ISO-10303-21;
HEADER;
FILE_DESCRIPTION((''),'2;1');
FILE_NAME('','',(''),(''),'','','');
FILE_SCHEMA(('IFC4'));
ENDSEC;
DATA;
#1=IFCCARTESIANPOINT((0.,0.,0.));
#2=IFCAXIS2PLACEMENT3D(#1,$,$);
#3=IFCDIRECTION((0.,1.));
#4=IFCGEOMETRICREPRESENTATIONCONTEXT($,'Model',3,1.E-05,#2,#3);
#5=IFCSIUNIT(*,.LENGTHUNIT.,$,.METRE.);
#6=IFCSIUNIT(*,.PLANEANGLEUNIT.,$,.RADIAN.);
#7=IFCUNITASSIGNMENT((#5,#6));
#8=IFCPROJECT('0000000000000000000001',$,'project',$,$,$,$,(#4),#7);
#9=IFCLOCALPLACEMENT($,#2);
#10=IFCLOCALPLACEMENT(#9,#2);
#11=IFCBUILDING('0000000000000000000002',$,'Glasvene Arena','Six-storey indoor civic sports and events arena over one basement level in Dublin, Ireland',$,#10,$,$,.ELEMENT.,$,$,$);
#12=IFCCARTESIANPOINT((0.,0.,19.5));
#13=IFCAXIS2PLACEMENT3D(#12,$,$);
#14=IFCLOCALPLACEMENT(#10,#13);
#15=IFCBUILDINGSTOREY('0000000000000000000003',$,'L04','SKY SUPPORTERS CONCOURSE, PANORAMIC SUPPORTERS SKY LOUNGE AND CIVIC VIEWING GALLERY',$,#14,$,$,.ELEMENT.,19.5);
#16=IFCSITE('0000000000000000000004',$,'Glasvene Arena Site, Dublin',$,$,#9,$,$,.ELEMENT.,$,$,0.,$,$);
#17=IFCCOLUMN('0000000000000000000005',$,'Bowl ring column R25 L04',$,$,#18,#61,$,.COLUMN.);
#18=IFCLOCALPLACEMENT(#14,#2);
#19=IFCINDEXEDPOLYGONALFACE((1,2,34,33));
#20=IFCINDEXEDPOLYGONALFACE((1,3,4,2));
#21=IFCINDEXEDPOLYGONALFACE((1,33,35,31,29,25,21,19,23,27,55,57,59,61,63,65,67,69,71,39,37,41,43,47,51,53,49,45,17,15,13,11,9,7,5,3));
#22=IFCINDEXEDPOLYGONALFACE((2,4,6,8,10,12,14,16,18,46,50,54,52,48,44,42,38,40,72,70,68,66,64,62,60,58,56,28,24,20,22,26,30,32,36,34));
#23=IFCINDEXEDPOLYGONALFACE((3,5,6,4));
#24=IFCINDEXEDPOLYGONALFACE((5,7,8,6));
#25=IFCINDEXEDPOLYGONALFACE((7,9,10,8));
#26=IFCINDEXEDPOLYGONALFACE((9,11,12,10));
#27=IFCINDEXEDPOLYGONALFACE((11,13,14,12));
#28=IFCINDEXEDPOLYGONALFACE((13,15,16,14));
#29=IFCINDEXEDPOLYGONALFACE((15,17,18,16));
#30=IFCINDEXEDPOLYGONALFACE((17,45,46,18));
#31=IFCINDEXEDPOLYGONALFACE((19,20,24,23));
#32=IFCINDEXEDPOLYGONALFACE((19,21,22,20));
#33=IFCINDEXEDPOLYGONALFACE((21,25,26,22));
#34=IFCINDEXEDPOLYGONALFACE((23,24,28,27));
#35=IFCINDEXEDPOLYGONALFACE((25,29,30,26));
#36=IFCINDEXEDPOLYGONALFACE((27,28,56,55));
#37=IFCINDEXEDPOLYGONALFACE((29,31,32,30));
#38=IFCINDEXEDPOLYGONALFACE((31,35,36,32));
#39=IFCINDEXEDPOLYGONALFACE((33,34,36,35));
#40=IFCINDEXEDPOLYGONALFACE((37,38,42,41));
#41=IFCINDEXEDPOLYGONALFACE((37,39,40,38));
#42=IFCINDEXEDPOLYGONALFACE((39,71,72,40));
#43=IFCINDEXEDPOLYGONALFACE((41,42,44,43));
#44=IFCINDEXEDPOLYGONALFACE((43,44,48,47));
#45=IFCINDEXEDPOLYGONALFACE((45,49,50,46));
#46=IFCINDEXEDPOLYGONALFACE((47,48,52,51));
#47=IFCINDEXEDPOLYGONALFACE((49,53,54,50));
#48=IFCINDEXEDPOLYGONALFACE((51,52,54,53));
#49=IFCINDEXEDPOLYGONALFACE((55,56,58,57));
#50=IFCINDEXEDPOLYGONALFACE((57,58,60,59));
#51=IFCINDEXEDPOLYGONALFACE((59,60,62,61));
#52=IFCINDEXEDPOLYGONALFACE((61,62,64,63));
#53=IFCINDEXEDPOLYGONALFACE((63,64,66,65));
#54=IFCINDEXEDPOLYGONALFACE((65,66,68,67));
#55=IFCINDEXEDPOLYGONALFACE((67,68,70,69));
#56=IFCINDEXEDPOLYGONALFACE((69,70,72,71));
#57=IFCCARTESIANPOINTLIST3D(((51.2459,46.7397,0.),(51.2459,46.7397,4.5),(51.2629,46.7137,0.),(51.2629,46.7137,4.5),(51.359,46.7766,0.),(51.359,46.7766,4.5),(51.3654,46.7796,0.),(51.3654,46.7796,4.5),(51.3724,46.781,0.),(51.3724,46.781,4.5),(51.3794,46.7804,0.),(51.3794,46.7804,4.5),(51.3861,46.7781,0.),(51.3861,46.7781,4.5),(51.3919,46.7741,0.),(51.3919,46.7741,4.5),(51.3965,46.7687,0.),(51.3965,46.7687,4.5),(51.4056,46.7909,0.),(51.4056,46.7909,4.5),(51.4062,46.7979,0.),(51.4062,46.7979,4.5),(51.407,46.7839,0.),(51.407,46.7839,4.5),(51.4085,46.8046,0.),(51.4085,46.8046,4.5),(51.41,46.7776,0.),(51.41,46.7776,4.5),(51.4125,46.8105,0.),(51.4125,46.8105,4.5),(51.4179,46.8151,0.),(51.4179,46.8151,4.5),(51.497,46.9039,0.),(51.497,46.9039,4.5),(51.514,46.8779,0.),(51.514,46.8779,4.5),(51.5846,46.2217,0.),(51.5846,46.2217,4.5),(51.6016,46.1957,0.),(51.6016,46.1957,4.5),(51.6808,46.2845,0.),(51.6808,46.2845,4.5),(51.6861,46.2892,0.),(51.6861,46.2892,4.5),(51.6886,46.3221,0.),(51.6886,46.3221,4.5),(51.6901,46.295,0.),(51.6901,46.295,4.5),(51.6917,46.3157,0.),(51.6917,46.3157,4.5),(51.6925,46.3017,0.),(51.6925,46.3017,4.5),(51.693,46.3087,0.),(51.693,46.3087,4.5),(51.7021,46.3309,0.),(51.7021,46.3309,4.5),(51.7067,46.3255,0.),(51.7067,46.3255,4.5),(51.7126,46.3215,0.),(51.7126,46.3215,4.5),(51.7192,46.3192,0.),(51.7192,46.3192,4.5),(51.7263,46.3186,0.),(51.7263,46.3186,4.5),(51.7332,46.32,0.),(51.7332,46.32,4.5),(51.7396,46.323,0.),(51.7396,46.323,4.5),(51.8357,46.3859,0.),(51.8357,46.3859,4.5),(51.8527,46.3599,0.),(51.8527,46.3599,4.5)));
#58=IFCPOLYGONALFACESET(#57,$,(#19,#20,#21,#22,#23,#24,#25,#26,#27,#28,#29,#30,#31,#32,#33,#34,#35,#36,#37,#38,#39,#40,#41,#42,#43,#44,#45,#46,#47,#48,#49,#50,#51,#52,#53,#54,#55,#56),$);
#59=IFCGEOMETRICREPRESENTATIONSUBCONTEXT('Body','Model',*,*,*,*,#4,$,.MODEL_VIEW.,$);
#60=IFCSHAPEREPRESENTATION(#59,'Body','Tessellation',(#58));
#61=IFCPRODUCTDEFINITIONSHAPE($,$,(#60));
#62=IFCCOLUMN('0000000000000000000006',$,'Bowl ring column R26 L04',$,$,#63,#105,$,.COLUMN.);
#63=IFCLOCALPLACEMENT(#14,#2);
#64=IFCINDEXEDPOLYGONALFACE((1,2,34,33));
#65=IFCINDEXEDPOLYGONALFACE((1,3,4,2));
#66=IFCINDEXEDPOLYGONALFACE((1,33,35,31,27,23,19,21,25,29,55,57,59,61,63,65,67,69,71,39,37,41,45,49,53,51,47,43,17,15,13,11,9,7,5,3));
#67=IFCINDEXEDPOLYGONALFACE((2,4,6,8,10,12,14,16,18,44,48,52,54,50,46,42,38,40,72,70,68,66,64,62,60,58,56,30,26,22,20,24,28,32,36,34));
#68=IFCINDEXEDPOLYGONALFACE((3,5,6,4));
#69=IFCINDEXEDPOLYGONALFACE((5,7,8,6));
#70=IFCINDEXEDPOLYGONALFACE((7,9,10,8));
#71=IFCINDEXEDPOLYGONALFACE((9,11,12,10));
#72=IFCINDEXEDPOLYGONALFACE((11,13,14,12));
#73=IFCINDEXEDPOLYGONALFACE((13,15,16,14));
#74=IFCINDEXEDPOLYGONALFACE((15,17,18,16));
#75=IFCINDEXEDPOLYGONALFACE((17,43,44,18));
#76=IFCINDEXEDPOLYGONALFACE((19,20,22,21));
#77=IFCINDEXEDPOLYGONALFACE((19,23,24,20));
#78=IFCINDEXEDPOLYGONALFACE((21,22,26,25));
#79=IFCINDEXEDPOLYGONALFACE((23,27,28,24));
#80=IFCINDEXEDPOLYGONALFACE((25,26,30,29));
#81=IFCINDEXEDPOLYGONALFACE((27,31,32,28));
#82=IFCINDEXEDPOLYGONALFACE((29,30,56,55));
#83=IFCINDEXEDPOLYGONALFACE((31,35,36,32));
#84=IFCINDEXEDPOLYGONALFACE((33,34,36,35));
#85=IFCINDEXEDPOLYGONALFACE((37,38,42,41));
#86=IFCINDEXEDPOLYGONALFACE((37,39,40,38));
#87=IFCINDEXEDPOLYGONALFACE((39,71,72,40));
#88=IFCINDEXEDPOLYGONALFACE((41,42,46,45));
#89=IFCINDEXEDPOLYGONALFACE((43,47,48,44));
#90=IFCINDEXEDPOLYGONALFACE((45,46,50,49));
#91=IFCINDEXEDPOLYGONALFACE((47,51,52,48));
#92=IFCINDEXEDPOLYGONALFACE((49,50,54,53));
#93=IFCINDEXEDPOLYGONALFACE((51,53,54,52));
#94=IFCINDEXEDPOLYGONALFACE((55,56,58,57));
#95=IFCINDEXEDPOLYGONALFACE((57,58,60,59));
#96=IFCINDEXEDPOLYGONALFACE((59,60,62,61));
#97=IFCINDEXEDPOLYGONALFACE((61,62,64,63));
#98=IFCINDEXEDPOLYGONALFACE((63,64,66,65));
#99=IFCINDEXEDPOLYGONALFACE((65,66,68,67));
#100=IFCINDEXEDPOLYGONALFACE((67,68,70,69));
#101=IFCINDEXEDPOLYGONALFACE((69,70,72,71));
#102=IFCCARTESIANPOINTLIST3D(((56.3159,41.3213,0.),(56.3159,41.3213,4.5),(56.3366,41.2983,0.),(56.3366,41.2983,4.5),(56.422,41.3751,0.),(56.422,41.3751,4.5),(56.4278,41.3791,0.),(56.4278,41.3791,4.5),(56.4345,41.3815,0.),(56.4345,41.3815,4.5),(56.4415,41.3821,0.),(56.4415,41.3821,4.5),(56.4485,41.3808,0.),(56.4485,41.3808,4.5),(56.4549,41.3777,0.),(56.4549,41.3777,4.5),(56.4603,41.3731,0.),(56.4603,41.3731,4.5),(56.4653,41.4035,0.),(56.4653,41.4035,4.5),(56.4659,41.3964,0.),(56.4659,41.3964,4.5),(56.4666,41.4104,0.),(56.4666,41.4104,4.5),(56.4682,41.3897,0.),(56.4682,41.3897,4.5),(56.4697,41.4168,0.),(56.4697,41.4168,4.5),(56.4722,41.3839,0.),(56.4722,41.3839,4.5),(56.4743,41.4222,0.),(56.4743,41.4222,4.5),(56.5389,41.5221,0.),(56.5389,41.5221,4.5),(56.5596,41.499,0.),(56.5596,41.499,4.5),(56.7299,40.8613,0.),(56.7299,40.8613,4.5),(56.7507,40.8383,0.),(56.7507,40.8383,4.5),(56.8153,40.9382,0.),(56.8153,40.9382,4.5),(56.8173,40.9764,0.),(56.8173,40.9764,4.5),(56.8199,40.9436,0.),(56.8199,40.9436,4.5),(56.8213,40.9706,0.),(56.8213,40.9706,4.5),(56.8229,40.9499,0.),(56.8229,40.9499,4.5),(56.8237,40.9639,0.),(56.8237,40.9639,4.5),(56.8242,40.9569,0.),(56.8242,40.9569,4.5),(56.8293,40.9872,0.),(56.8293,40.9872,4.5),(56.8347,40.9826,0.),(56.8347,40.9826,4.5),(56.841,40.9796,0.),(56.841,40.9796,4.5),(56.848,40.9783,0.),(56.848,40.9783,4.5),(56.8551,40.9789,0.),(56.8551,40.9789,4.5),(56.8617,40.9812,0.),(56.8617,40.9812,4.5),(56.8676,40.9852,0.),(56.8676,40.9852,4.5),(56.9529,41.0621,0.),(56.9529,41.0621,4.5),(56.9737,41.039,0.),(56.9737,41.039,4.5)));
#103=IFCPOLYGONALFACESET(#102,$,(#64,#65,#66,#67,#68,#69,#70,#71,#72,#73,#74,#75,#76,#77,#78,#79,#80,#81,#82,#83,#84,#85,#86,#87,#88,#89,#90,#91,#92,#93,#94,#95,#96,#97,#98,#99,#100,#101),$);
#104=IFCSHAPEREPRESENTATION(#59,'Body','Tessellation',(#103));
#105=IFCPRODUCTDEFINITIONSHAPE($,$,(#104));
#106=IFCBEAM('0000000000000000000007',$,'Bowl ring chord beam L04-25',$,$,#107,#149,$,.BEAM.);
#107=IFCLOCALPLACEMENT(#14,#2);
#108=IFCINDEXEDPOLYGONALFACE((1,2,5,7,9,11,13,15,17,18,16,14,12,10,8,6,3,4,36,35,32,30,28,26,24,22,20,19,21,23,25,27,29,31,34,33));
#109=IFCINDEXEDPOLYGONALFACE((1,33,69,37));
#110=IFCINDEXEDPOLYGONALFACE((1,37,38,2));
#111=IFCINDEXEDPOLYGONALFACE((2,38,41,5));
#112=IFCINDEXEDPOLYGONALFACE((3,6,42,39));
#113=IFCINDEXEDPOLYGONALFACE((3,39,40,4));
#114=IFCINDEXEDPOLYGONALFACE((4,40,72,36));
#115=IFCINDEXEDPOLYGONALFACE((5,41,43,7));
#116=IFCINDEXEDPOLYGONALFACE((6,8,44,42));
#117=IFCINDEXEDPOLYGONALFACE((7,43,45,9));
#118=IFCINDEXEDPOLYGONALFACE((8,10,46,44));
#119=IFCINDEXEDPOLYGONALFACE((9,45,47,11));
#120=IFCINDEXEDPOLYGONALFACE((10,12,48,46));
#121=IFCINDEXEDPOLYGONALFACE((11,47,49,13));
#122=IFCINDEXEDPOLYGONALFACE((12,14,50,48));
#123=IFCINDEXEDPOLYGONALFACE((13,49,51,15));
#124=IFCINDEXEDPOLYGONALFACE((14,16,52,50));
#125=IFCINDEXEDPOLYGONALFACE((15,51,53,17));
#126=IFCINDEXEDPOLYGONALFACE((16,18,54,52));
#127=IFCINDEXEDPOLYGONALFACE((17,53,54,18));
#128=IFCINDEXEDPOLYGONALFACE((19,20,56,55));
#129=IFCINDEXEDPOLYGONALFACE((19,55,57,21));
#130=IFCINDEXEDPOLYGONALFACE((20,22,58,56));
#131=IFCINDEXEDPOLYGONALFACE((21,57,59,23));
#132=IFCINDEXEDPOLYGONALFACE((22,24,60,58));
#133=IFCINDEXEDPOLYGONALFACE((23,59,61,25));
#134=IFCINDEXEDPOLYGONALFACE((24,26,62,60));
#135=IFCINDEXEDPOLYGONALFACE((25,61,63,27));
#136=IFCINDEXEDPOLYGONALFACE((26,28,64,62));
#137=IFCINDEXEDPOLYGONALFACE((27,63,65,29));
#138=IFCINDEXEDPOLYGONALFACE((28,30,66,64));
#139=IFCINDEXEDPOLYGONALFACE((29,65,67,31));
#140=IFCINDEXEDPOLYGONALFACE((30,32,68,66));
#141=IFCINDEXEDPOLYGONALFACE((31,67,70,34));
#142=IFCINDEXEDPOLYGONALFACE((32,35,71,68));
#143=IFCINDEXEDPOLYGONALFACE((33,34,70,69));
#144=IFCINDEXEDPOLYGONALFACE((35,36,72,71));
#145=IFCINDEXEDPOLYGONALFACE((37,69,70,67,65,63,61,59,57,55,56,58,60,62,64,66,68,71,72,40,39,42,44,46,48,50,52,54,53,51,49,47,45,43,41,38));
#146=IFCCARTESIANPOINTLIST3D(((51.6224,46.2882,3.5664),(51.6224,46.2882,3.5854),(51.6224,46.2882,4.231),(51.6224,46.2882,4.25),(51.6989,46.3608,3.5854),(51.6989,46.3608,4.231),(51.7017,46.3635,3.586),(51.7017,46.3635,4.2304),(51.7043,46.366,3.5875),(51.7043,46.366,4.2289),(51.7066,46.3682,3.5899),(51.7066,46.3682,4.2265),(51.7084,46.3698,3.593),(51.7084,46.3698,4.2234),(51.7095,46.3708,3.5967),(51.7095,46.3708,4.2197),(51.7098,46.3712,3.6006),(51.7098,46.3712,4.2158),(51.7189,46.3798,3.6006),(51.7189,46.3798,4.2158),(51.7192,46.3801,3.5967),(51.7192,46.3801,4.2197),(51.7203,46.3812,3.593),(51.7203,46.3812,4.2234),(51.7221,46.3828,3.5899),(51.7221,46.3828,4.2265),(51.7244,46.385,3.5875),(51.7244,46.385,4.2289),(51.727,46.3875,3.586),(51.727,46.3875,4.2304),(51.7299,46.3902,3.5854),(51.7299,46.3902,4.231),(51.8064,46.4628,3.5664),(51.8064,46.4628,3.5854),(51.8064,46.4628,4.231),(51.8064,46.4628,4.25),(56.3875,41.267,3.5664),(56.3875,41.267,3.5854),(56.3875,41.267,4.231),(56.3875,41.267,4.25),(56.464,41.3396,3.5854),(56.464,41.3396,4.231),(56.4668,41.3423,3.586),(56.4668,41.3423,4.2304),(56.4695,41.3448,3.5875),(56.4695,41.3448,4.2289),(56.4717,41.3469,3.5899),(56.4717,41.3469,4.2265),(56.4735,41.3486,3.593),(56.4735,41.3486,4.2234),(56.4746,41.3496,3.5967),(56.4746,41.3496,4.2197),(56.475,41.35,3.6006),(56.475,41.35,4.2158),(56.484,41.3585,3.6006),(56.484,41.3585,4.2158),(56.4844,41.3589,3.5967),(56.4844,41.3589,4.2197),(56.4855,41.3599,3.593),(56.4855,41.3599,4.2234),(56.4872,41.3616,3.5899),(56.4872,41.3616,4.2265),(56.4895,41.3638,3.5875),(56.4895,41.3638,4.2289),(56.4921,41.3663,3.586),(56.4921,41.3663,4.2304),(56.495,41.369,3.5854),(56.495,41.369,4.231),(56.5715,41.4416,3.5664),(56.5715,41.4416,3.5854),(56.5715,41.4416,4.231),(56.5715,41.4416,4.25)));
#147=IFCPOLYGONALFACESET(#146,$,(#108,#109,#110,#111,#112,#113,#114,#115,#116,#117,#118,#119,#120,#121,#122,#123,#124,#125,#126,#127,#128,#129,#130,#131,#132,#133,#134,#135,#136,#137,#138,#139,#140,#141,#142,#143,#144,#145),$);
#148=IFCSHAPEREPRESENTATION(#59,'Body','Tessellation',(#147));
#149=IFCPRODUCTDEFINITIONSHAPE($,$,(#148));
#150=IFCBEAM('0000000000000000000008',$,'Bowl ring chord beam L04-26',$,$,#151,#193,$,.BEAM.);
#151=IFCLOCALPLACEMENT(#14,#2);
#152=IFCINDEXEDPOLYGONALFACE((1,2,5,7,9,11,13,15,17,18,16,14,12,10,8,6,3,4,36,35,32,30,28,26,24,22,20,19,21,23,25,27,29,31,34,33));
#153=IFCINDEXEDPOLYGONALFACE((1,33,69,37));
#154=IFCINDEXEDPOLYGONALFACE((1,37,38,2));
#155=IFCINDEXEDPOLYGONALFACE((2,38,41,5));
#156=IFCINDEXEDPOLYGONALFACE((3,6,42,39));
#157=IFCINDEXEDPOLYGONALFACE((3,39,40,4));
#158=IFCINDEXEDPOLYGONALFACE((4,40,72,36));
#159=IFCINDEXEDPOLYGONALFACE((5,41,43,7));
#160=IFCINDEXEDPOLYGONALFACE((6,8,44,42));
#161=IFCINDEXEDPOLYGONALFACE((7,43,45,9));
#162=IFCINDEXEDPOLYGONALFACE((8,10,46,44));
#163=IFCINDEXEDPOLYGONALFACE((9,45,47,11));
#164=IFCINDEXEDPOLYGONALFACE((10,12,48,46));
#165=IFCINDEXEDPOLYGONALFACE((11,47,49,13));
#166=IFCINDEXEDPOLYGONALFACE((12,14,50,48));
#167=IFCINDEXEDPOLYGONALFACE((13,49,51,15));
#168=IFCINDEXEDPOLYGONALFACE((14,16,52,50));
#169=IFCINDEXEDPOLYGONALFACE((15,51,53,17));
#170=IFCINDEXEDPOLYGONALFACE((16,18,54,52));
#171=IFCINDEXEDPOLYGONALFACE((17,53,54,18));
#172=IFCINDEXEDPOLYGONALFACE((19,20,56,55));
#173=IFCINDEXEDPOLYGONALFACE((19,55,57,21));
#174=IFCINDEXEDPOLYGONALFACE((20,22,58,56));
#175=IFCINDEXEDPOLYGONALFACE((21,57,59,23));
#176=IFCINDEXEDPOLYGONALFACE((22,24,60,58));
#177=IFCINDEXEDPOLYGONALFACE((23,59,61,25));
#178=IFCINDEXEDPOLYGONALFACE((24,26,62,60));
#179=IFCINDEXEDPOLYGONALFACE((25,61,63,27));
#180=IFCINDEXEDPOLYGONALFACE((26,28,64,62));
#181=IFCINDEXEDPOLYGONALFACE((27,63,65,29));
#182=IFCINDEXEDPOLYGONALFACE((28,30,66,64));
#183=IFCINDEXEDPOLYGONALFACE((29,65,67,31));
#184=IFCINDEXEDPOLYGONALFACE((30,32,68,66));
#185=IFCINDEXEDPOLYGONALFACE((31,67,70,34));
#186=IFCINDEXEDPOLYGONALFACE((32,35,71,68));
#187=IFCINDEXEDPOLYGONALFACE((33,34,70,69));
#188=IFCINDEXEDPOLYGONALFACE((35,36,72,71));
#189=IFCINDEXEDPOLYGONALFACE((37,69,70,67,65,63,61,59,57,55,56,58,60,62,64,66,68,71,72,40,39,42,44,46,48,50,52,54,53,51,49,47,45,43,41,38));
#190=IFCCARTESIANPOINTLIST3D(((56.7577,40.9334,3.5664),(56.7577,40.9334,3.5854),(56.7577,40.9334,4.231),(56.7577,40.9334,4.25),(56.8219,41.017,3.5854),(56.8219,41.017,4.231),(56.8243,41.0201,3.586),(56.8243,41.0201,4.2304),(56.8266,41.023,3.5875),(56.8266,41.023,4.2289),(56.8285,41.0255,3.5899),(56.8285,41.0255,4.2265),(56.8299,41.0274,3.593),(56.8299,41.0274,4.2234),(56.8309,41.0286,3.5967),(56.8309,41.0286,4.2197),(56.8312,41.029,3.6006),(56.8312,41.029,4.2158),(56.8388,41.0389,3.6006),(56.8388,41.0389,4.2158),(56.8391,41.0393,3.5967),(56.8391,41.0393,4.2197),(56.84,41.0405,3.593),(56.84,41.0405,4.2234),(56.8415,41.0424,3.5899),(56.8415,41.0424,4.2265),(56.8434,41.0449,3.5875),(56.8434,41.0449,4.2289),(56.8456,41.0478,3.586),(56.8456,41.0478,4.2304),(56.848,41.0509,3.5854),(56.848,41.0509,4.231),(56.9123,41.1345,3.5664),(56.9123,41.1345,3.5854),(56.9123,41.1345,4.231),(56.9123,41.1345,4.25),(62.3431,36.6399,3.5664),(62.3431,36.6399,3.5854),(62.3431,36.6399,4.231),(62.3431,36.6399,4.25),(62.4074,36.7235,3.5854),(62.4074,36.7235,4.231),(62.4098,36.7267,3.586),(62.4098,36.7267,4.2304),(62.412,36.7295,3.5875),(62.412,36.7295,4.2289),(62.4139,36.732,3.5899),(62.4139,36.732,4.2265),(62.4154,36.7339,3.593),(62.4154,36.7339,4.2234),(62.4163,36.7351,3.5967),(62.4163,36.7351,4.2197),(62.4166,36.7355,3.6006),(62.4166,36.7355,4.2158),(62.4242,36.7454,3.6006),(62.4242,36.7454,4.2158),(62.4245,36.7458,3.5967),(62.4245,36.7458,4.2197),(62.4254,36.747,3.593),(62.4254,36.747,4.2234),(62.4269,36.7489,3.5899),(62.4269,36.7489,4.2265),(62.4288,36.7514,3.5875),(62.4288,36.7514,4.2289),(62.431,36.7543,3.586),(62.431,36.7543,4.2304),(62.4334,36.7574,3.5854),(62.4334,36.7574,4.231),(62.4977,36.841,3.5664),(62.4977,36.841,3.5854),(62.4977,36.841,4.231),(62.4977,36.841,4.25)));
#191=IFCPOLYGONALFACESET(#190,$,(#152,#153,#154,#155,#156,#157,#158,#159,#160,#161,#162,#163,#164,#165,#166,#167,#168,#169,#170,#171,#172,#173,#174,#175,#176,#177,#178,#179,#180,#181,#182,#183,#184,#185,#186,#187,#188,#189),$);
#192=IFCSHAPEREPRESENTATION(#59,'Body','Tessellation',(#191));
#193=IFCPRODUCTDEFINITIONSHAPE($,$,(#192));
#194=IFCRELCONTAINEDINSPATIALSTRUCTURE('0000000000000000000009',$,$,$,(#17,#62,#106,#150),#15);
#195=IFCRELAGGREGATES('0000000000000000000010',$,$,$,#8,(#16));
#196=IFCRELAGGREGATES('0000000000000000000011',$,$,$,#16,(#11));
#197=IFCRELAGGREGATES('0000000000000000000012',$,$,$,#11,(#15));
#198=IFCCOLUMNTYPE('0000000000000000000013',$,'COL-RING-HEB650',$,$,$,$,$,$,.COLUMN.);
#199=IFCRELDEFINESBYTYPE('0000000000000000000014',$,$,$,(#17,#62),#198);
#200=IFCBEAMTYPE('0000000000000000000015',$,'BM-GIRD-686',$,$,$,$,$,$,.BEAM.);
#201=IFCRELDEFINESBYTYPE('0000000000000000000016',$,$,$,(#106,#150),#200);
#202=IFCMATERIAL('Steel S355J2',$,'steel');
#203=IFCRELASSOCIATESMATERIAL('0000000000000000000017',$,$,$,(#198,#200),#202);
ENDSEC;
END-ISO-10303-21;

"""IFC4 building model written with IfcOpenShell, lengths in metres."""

from ifc_helpers import new_model, si_unit, direction, frame, origin, origin_2d, place, context, subcontext, project, spatial, i_section, extrude, material, material_profile, profile_set, type_object, element, save


model = new_model("IFC4")

# Units and contexts
model_context = context("Model", 3, precision=1e-05, world=origin(), true_north=direction((0.0, 1.0)))
body_context = subcontext(model_context, "Body", "Model", "MODEL_VIEW")
ifc_project = project(units=[si_unit("LENGTHUNIT", "METRE"), si_unit("PLANEANGLEUNIT", "RADIAN")], contexts=[model_context])

# Site, building, storey
site_placement = place(None, origin())
site = spatial("IfcSite", under=ifc_project, at=site_placement, Name="Glasvene Arena Site, Dublin", CompositionType="ELEMENT", RefElevation=0.0)
building_placement = place(site_placement, origin())
building = spatial("IfcBuilding", under=site, at=building_placement, Name="Glasvene Arena", Description="Six-storey indoor civic sports and events arena over one basement level in Dublin, Ireland", CompositionType="ELEMENT")
storey_placement = place(building_placement, frame((0.0, 0.0, 19.5)))
storey = spatial("IfcBuildingStorey", under=building, at=storey_placement, Name="L04", Description="SKY SUPPORTERS CONCOURSE, PANORAMIC SUPPORTERS SKY LOUNGE AND CIVIC VIEWING GALLERY", CompositionType="ELEMENT", Elevation=19.5)

# Columns
ifc_material_1 = material(Name="Steel S355J2", Category="steel")
ifc_material_profile_1 = material_profile(ifc_material_1, i_section(OverallWidth=0.3, OverallDepth=0.6499, WebThickness=0.0161, FlangeThickness=0.031, FilletRadius=0.0271, at=origin_2d()), Name="HEB 650")
ifc_profile_set_1 = profile_set([ifc_material_profile_1], Name="Steel S355J2")
column_type = type_object("IfcColumnType", Name="COL-RING-HEB650", PredefinedType="COLUMN", material=ifc_profile_set_1)
for number, where, z_axis, x_axis, name in (
    (1, (51.5493, 46.5498, 0.0), (0.0, 0.0, 1.0), (-0.836955, -0.547271, 0.0), "Bowl ring column R25 L04"),
    (2, (56.6448, 41.1802, 0.0), (0.0, 0.0, 1.0), (-0.743262, -0.669001, 0.0), "Bowl ring column R26 L04"),
):
    element("IfcColumn", number, at=place(storey_placement, frame(where, z_axis=z_axis, x_axis=x_axis)), inside=storey, type_object=column_type, Name=name, PredefinedType="COLUMN", context=body_context, shape_type="SweptSolid", body=[
        extrude(i_section(OverallWidth=0.3, OverallDepth=0.6499, WebThickness=0.0161, FlangeThickness=0.031, FilletRadius=0.0271, at=origin_2d()), origin(), (0.0, 0.0, 1.0), 4.5),
    ])

# Beams
ifc_material_profile_2 = material_profile(ifc_material_1, i_section(OverallWidth=0.2537, OverallDepth=0.6836, WebThickness=0.0125, FlangeThickness=0.019, FilletRadius=0.0151, at=origin_2d()), Name="UKB 686x254x140")
ifc_profile_set_2 = profile_set([ifc_material_profile_2], Name="Steel S355J2")
beam_type_1 = type_object("IfcBeamType", Name="BM-GIRD-686", PredefinedType="BEAM", material=ifc_profile_set_2)
beam_1_placement = place(storey_placement, frame((51.7144, 46.3755, 3.9082), z_axis=(0.688367, -0.725363, 0.0), x_axis=(0.725363, 0.688367, 0.0)))
element("IfcBeam", 3, at=beam_1_placement, inside=storey, type_object=beam_type_1, Name="Bowl ring chord beam L04-25", PredefinedType="BEAM", context=body_context, shape_type="SweptSolid", body=[
    extrude(i_section(OverallWidth=0.2537, OverallDepth=0.6836, WebThickness=0.0125, FlangeThickness=0.019, FilletRadius=0.0151, at=origin_2d()), origin(), (0.0, 0.0, 1.0), 6.9224),
])
beam_2_placement = place(storey_placement, frame((56.835, 41.0339, 3.9082), z_axis=(0.792833, -0.609439, 0.0), x_axis=(0.609439, 0.792833, 0.0)))
element("IfcBeam", 4, at=beam_2_placement, inside=storey, type_object=beam_type_1, Name="Bowl ring chord beam L04-26", PredefinedType="BEAM", context=body_context, shape_type="SweptSolid", body=[
    extrude(i_section(OverallWidth=0.2537, OverallDepth=0.6836, WebThickness=0.0125, FlangeThickness=0.019, FilletRadius=0.0151, at=origin_2d()), origin(), (0.0, 0.0, 1.0), 7.0449),
])

save(model, "model.ifc")
